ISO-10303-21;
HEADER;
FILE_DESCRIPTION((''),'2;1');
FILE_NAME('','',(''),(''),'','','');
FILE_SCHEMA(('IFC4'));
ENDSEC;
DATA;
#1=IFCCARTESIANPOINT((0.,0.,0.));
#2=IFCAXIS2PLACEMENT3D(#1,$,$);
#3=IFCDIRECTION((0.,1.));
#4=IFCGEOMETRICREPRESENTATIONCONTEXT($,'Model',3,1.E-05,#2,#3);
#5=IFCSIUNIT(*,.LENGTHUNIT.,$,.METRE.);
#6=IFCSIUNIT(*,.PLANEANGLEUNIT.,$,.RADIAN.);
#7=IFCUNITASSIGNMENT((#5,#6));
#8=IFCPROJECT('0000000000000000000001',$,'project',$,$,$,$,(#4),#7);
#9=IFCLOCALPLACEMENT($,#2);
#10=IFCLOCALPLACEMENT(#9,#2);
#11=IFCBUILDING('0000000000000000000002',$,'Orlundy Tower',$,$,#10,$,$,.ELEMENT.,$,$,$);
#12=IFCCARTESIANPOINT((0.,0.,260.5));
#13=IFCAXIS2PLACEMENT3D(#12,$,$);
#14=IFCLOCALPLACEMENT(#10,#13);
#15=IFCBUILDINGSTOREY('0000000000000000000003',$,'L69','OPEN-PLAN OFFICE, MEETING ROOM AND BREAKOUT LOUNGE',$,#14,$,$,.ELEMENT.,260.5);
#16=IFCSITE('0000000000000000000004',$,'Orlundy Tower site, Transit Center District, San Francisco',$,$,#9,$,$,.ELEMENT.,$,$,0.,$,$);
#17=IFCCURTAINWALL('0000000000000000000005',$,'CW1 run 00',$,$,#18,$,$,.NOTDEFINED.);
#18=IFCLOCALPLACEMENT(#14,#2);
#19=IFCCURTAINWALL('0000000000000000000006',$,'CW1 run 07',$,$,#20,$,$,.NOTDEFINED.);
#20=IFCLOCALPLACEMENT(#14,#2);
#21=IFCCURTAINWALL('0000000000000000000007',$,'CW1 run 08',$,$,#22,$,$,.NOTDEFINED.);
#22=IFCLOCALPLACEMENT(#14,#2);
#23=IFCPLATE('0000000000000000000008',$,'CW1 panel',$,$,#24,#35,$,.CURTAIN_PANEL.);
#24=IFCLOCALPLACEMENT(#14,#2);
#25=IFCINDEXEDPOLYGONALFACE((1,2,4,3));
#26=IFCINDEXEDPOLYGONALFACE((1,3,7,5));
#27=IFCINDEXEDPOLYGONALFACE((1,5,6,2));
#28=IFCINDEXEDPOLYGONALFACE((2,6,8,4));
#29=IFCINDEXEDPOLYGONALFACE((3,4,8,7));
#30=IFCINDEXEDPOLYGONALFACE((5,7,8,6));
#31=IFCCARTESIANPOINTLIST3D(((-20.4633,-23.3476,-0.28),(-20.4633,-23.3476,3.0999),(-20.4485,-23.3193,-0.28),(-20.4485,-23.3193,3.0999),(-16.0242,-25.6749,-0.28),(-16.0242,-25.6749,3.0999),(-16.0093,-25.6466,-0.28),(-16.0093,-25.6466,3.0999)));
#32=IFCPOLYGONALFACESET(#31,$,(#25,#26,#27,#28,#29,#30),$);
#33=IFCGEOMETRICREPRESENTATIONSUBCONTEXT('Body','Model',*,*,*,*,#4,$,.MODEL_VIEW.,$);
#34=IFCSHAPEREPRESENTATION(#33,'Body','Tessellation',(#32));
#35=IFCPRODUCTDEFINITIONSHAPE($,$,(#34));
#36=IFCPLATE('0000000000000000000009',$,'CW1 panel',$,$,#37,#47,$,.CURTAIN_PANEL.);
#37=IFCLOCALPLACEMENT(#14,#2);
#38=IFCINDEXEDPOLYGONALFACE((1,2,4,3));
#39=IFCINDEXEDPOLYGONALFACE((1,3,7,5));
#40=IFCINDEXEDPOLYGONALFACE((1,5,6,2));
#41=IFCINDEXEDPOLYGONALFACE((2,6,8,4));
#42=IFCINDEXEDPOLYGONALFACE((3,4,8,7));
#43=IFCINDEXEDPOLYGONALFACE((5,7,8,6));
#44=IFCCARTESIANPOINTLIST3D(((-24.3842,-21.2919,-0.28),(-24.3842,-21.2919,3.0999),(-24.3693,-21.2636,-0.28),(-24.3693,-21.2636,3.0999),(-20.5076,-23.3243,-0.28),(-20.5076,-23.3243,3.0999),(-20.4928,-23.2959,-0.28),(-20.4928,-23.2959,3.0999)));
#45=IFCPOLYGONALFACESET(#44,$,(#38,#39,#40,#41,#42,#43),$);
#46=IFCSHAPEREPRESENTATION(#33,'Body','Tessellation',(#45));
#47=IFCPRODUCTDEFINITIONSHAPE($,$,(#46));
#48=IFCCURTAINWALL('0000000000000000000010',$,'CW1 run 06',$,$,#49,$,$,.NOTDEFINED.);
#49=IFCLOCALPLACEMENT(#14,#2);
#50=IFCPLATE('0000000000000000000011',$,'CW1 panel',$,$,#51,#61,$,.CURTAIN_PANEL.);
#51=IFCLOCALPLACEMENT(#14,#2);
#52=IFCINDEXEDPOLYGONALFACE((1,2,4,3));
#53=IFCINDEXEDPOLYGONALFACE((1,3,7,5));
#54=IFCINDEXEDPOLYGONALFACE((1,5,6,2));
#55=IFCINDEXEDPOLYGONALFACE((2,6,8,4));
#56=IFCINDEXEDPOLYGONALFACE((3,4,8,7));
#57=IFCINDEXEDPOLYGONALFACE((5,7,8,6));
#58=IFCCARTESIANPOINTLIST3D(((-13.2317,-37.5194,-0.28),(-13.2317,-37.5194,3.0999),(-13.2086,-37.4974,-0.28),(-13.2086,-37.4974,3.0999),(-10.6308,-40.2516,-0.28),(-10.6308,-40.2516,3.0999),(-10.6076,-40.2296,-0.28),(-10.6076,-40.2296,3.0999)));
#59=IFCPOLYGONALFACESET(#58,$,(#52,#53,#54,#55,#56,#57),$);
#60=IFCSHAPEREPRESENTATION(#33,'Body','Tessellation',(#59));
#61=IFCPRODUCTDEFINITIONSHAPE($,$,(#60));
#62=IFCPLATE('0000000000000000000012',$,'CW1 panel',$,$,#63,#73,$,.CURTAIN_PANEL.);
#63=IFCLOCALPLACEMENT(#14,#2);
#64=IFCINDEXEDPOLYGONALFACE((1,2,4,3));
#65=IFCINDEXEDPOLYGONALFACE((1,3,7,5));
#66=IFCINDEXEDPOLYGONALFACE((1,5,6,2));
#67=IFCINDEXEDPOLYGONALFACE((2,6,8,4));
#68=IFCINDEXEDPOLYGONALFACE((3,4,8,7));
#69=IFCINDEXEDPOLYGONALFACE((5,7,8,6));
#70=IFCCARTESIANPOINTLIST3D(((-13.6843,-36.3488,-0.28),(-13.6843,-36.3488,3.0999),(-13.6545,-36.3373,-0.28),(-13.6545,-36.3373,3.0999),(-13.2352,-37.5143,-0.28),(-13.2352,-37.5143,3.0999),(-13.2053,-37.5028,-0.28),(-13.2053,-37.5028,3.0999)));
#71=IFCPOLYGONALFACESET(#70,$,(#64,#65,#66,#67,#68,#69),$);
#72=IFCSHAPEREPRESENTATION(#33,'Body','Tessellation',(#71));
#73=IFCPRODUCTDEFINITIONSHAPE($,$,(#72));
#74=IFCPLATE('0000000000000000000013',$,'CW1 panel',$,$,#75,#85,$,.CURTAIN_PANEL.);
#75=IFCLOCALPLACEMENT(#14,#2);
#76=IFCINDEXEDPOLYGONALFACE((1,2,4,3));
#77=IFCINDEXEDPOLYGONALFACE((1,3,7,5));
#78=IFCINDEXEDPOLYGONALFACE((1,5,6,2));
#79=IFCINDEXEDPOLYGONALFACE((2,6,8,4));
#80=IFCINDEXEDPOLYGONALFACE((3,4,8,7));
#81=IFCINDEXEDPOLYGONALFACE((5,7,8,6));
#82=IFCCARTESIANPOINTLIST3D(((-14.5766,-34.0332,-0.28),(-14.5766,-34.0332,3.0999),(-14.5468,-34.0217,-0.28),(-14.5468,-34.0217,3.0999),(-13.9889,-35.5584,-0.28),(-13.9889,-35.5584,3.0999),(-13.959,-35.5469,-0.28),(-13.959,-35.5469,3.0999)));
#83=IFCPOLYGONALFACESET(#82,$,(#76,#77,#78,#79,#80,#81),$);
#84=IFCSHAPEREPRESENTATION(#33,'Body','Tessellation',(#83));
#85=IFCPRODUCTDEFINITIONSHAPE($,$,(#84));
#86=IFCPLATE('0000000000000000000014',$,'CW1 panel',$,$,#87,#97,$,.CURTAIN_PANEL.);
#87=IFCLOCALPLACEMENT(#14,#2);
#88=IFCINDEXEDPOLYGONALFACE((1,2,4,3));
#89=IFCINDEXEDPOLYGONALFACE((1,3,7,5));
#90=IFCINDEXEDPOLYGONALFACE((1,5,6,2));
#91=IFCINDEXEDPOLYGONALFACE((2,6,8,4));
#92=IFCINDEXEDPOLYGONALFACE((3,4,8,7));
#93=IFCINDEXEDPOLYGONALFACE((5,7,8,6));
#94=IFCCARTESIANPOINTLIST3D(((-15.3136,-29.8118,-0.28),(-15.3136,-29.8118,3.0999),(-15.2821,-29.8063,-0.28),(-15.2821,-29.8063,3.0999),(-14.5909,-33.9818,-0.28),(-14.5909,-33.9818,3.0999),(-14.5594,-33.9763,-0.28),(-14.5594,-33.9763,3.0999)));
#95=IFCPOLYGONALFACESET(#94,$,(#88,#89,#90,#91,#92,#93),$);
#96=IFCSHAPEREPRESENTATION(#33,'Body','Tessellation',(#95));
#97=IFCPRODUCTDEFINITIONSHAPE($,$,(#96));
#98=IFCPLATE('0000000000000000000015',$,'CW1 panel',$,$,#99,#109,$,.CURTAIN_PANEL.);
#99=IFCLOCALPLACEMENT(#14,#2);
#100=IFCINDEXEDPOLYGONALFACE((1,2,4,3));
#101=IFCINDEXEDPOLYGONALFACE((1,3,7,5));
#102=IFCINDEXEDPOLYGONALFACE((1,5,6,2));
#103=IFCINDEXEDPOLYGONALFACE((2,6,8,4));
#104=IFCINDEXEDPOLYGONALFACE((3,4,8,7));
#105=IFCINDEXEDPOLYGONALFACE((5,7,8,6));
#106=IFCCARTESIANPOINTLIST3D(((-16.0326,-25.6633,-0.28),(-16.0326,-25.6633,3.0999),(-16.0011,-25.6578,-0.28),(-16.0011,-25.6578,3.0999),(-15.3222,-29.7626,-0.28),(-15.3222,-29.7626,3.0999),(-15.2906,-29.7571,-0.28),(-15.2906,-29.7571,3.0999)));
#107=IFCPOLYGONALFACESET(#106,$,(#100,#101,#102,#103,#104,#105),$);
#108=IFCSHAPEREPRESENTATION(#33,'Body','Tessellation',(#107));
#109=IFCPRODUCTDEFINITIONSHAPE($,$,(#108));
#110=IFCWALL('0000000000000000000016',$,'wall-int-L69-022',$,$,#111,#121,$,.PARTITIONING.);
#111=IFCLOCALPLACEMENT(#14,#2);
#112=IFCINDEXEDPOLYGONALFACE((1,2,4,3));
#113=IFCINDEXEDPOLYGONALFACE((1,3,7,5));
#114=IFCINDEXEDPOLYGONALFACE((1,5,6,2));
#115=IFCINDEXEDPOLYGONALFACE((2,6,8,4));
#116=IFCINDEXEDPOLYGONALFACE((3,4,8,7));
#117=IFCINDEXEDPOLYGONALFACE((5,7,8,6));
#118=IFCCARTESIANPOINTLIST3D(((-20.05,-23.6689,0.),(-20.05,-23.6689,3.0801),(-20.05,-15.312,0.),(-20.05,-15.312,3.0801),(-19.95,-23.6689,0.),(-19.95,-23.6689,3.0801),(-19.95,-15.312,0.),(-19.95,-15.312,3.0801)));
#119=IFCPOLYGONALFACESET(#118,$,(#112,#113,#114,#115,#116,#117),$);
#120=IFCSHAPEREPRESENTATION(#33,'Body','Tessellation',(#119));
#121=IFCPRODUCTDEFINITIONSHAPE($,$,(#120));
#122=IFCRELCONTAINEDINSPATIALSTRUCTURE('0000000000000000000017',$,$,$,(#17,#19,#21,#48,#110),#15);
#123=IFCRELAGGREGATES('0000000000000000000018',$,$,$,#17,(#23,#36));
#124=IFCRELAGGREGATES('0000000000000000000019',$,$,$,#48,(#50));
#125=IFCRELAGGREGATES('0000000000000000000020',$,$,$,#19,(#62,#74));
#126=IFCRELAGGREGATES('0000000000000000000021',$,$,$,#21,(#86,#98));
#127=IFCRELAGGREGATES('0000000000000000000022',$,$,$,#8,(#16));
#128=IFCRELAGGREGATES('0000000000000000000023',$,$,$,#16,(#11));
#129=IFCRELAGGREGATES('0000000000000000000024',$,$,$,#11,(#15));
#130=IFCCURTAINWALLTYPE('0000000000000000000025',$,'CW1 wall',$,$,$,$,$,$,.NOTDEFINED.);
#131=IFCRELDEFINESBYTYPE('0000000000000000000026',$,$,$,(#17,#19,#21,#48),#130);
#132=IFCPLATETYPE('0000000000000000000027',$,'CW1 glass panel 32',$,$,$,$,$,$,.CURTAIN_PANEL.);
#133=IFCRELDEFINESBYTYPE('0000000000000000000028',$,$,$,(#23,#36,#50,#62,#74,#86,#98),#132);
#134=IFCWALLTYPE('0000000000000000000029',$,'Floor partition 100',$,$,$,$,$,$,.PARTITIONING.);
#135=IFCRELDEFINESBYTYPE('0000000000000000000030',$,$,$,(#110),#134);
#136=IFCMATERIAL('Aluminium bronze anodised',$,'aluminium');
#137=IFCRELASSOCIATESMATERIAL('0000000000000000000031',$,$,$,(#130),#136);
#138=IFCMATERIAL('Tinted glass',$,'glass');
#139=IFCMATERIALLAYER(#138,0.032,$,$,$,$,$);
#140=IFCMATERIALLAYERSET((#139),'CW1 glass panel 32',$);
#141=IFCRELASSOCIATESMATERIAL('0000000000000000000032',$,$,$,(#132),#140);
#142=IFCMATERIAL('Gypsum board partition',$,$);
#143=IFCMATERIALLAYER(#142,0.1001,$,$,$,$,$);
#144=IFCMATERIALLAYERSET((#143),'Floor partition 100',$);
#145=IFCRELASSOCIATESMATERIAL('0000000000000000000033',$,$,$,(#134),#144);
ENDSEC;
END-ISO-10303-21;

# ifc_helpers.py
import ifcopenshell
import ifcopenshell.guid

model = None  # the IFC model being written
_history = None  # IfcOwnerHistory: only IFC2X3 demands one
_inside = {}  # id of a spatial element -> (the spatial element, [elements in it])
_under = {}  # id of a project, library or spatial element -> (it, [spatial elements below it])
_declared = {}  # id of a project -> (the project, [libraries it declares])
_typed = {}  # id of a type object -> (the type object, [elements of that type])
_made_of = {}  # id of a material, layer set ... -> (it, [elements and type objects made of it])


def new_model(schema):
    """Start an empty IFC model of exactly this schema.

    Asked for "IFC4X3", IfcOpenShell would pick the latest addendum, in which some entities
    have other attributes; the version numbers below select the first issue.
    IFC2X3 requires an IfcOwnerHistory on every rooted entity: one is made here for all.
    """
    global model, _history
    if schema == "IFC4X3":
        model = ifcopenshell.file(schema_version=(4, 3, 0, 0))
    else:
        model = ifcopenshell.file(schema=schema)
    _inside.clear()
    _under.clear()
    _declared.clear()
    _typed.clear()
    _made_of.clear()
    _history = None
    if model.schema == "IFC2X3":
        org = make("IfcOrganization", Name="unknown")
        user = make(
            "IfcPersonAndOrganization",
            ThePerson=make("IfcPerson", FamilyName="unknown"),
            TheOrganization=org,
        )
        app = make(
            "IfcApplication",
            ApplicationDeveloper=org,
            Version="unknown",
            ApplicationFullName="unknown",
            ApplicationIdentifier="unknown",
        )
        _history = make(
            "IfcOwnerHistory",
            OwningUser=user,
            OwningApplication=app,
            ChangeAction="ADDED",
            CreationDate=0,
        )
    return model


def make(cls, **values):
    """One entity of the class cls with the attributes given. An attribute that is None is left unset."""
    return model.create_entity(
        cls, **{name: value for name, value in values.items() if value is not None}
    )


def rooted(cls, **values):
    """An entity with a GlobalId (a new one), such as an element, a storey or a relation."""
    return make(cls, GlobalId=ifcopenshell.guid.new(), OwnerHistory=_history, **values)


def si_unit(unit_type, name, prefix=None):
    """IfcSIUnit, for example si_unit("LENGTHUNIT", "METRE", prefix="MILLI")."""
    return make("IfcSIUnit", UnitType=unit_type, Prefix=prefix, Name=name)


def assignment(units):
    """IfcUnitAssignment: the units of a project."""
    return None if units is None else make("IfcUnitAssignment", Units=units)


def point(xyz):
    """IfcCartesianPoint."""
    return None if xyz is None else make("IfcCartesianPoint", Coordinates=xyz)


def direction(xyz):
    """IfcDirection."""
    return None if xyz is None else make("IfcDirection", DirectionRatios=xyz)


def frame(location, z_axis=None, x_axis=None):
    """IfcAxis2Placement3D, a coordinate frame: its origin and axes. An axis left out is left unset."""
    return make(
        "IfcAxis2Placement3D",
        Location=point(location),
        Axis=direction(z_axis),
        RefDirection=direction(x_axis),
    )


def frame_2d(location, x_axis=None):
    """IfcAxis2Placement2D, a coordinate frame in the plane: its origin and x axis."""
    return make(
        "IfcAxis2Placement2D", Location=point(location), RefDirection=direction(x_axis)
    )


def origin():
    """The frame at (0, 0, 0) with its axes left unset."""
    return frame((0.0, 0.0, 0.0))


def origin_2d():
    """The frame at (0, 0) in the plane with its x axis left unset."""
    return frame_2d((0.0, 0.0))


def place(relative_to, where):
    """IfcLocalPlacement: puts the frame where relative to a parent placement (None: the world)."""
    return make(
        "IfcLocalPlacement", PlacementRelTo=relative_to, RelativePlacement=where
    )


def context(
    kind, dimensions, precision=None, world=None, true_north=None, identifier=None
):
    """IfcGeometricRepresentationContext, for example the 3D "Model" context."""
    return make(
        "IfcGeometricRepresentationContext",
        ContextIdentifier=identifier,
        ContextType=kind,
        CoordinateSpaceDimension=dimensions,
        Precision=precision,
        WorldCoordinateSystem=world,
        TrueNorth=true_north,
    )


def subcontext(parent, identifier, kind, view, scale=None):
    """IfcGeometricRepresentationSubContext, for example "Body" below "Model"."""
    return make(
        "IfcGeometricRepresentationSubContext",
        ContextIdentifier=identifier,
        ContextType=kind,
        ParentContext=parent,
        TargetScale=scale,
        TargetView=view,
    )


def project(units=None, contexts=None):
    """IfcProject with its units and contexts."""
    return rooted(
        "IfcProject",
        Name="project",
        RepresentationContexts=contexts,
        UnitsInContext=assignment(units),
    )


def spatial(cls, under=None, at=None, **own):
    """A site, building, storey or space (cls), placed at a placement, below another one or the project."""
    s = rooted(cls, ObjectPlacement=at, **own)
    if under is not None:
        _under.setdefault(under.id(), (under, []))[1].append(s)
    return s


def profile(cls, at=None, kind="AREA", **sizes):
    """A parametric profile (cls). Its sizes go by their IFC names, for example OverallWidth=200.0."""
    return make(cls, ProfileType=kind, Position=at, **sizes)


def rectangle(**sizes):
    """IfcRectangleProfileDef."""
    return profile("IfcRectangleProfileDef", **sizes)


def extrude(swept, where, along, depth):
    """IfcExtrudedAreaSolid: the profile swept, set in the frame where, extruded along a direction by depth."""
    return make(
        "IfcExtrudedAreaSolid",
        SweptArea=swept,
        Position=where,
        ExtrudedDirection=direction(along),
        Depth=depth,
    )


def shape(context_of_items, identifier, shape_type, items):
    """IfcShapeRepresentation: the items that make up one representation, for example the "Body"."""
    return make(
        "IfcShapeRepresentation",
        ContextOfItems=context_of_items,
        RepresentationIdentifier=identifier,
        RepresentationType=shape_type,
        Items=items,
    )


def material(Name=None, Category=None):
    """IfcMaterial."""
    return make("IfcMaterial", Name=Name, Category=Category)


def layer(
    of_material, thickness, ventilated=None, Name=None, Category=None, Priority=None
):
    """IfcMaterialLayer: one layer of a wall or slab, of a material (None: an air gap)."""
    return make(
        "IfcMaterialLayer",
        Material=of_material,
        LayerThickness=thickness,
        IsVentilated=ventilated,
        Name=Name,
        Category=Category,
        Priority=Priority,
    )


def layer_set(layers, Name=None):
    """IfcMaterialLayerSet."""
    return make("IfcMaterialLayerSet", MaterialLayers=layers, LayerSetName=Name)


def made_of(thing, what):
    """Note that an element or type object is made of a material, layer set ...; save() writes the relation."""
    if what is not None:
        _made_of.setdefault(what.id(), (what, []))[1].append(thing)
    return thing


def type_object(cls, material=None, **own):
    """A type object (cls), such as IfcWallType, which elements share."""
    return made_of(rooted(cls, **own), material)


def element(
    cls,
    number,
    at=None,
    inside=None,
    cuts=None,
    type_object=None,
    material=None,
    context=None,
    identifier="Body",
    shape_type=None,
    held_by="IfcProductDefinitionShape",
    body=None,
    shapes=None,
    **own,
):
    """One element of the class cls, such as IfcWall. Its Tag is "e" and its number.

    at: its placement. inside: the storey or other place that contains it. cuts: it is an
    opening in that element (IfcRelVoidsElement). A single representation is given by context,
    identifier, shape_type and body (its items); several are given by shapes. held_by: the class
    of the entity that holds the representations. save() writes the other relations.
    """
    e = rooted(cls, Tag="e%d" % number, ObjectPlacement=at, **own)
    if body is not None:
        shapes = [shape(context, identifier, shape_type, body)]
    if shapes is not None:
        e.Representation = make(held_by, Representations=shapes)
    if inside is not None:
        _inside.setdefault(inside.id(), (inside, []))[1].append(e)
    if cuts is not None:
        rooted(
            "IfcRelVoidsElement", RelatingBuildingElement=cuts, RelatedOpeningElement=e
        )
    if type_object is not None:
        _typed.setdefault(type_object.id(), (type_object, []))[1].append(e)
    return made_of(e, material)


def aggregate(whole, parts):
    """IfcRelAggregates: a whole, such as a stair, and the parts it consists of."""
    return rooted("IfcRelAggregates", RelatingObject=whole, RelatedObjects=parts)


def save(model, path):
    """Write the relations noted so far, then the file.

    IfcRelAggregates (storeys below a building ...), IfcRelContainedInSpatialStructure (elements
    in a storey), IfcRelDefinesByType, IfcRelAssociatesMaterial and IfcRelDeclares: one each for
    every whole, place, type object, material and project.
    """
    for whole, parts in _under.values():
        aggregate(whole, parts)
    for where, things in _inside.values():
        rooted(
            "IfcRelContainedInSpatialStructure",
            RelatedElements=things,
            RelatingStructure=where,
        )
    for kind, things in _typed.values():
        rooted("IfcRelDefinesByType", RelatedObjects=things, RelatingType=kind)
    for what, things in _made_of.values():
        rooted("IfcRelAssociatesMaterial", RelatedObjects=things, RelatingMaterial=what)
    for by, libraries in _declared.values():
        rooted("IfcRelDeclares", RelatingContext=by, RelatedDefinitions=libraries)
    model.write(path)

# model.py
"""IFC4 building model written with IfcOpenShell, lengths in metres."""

from ifc_helpers import new_model, si_unit, direction, frame, frame_2d, origin, origin_2d, place, context, subcontext, project, spatial, rectangle, extrude, material, layer, layer_set, type_object, element, aggregate, save


model = new_model("IFC4")

# Units and contexts
model_context = context("Model", 3, precision=1e-05, world=origin(), true_north=direction((0.0, 1.0)))
body_context = subcontext(model_context, "Body", "Model", "MODEL_VIEW")
ifc_project = project(units=[si_unit("LENGTHUNIT", "METRE"), si_unit("PLANEANGLEUNIT", "RADIAN")], contexts=[model_context])

# Site, building, storey
site_placement = place(None, origin())
site = spatial("IfcSite", under=ifc_project, at=site_placement, Name="Orlundy Tower site, Transit Center District, San Francisco", CompositionType="ELEMENT", RefElevation=0.0)
building_placement = place(site_placement, origin())
building = spatial("IfcBuilding", under=site, at=building_placement, Name="Orlundy Tower", CompositionType="ELEMENT")
storey_placement = place(building_placement, frame((0.0, 0.0, 260.5)))
storey = spatial("IfcBuildingStorey", under=building, at=storey_placement, Name="L69", Description="OPEN-PLAN OFFICE, MEETING ROOM AND BREAKOUT LOUNGE", CompositionType="ELEMENT", Elevation=260.5)

# Curtain walls
ifc_material_1 = material(Name="Aluminium bronze anodised", Category="aluminium")
curtain_wall_type = type_object("IfcCurtainWallType", Name="CW1 wall", PredefinedType="NOTDEFINED", material=ifc_material_1)
curtain_wall_1_placement = place(storey_placement, origin())
curtain_wall_1 = element("IfcCurtainWall", 1, at=curtain_wall_1_placement, inside=storey, type_object=curtain_wall_type, Name="CW1 run 00", PredefinedType="NOTDEFINED")
curtain_wall_2_placement = place(storey_placement, origin())
curtain_wall_2 = element("IfcCurtainWall", 2, at=curtain_wall_2_placement, inside=storey, type_object=curtain_wall_type, Name="CW1 run 07", PredefinedType="NOTDEFINED")

# Curtain wall
curtain_wall_3_placement = place(storey_placement, origin())
curtain_wall_3 = element("IfcCurtainWall", 3, at=curtain_wall_3_placement, inside=storey, type_object=curtain_wall_type, Name="CW1 run 08", PredefinedType="NOTDEFINED")

# Plates
ifc_material_2 = material(Name="Tinted glass", Category="glass")
ifc_layer_1 = layer(ifc_material_2, 0.032)
ifc_layer_set_1 = layer_set([ifc_layer_1], Name="CW1 glass panel 32")
plate_type = type_object("IfcPlateType", Name="CW1 glass panel 32", PredefinedType="CURTAIN_PANEL", material=ifc_layer_set_1)
plate_1_placement = place(storey_placement, frame((-18.2363, -24.4971, -0.28), z_axis=(0.0, 0.0, 1.0), x_axis=(-0.885665, 0.464325, 0.0)))
plate_1 = element("IfcPlate", 4, at=plate_1_placement, type_object=plate_type, Name="CW1 panel", PredefinedType="CURTAIN_PANEL", context=body_context, shape_type="SweptSolid", body=[
    extrude(rectangle(XDim=5.0122, YDim=0.032, at=origin_2d()), origin(), (0.0, 0.0, 1.0), 3.3799),
])
plate_2_placement = place(storey_placement, frame((-22.4385, -22.2939, -0.28), z_axis=(0.0, 0.0, 1.0), x_axis=(-0.885665, 0.464325, 0.0)))
plate_2 = element("IfcPlate", 5, at=plate_2_placement, type_object=plate_type, Name="CW1 panel", PredefinedType="CURTAIN_PANEL", context=body_context, shape_type="SweptSolid", body=[
    extrude(rectangle(XDim=4.377, YDim=0.032, at=origin_2d()), origin(), (0.0, 0.0, 1.0), 3.3799),
])
aggregate(curtain_wall_1, [plate_1, plate_2])

# Curtain wall, plate
curtain_wall_4_placement = place(storey_placement, origin())
curtain_wall_4 = element("IfcCurtainWall", 6, at=curtain_wall_4_placement, inside=storey, type_object=curtain_wall_type, Name="CW1 run 06", PredefinedType="NOTDEFINED")
plate_3_placement = place(storey_placement, frame((-11.9197, -38.8745, -0.28), z_axis=(0.0, 0.0, 1.0), x_axis=(-0.689493, 0.724292, 0.0)))
plate_3 = element("IfcPlate", 7, at=plate_3_placement, type_object=plate_type, Name="CW1 panel", PredefinedType="CURTAIN_PANEL", context=body_context, shape_type="SweptSolid", body=[
    extrude(rectangle(XDim=3.7722, YDim=0.032, at=origin_2d()), origin(), (0.0, 0.0, 1.0), 3.3799),
])
aggregate(curtain_wall_4, [plate_3])

# Plates
plate_4_placement = place(storey_placement, frame((-13.4448, -36.9258, -0.28), z_axis=(0.0, 0.0, 1.0), x_axis=(-0.359594, 0.933109, 0.0)))
plate_4 = element("IfcPlate", 8, at=plate_4_placement, type_object=plate_type, Name="CW1 panel", PredefinedType="CURTAIN_PANEL", context=body_context, shape_type="SweptSolid", body=[
    extrude(rectangle(XDim=1.249, YDim=0.032, at=origin_2d()), origin(), (0.0, 0.0, 1.0), 3.3799),
])
plate_5_placement = place(storey_placement, frame((-14.2678, -34.79, -0.28), z_axis=(0.0, 0.0, 1.0), x_axis=(-0.359594, 0.933109, 0.0)))
plate_5 = element("IfcPlate", 9, at=plate_5_placement, type_object=plate_type, Name="CW1 panel", PredefinedType="CURTAIN_PANEL", context=body_context, shape_type="SweptSolid", body=[
    extrude(rectangle(XDim=1.6345, YDim=0.032, at=origin_2d()), origin(), (0.0, 0.0, 1.0), 3.3799),
])
aggregate(curtain_wall_2, [plate_4, plate_5])
plate_6_placement = place(storey_placement, frame((-14.9365, -31.894, -0.28), z_axis=(0.0, 0.0, 1.0), x_axis=(-0.170762, 0.985312, 0.0)))
plate_6 = element("IfcPlate", 10, at=plate_6_placement, type_object=plate_type, Name="CW1 panel", PredefinedType="CURTAIN_PANEL", context=body_context, shape_type="SweptSolid", body=[
    extrude(rectangle(XDim=4.2322, YDim=0.032, at=origin_2d()), origin(), (0.0, 0.0, 1.0), 3.3799),
])
plate_7_placement = place(storey_placement, frame((-15.6616, -27.7102, -0.28), z_axis=(0.0, 0.0, 1.0), x_axis=(-0.170762, 0.985312, 0.0)))
plate_7 = element("IfcPlate", 11, at=plate_7_placement, type_object=plate_type, Name="CW1 panel", PredefinedType="CURTAIN_PANEL", context=body_context, shape_type="SweptSolid", body=[
    extrude(rectangle(XDim=4.1604, YDim=0.032, at=origin_2d()), origin(), (0.0, 0.0, 1.0), 3.3799),
])
aggregate(curtain_wall_3, [plate_6, plate_7])

# Wall
ifc_material_3 = material(Name="Gypsum board partition")
ifc_layer_2 = layer(ifc_material_3, 0.1001)
ifc_layer_set_2 = layer_set([ifc_layer_2], Name="Floor partition 100")
wall_type = type_object("IfcWallType", Name="Floor partition 100", PredefinedType="PARTITIONING", material=ifc_layer_set_2)
wall_placement = place(storey_placement, frame((-20.0, -23.6689, 0.0), z_axis=(0.0, 0.0, 1.0), x_axis=(0.0, 1.0, 0.0)))
element("IfcWall", 12, at=wall_placement, inside=storey, type_object=wall_type, Name="wall-int-L69-022", PredefinedType="PARTITIONING", context=body_context, shape_type="SweptSolid", body=[
    extrude(rectangle(XDim=8.3569, YDim=0.1001, at=frame_2d((4.1785, 0.0))), origin(), (0.0, 0.0, 1.0), 3.0801),
])

save(model, "model.ifc")
